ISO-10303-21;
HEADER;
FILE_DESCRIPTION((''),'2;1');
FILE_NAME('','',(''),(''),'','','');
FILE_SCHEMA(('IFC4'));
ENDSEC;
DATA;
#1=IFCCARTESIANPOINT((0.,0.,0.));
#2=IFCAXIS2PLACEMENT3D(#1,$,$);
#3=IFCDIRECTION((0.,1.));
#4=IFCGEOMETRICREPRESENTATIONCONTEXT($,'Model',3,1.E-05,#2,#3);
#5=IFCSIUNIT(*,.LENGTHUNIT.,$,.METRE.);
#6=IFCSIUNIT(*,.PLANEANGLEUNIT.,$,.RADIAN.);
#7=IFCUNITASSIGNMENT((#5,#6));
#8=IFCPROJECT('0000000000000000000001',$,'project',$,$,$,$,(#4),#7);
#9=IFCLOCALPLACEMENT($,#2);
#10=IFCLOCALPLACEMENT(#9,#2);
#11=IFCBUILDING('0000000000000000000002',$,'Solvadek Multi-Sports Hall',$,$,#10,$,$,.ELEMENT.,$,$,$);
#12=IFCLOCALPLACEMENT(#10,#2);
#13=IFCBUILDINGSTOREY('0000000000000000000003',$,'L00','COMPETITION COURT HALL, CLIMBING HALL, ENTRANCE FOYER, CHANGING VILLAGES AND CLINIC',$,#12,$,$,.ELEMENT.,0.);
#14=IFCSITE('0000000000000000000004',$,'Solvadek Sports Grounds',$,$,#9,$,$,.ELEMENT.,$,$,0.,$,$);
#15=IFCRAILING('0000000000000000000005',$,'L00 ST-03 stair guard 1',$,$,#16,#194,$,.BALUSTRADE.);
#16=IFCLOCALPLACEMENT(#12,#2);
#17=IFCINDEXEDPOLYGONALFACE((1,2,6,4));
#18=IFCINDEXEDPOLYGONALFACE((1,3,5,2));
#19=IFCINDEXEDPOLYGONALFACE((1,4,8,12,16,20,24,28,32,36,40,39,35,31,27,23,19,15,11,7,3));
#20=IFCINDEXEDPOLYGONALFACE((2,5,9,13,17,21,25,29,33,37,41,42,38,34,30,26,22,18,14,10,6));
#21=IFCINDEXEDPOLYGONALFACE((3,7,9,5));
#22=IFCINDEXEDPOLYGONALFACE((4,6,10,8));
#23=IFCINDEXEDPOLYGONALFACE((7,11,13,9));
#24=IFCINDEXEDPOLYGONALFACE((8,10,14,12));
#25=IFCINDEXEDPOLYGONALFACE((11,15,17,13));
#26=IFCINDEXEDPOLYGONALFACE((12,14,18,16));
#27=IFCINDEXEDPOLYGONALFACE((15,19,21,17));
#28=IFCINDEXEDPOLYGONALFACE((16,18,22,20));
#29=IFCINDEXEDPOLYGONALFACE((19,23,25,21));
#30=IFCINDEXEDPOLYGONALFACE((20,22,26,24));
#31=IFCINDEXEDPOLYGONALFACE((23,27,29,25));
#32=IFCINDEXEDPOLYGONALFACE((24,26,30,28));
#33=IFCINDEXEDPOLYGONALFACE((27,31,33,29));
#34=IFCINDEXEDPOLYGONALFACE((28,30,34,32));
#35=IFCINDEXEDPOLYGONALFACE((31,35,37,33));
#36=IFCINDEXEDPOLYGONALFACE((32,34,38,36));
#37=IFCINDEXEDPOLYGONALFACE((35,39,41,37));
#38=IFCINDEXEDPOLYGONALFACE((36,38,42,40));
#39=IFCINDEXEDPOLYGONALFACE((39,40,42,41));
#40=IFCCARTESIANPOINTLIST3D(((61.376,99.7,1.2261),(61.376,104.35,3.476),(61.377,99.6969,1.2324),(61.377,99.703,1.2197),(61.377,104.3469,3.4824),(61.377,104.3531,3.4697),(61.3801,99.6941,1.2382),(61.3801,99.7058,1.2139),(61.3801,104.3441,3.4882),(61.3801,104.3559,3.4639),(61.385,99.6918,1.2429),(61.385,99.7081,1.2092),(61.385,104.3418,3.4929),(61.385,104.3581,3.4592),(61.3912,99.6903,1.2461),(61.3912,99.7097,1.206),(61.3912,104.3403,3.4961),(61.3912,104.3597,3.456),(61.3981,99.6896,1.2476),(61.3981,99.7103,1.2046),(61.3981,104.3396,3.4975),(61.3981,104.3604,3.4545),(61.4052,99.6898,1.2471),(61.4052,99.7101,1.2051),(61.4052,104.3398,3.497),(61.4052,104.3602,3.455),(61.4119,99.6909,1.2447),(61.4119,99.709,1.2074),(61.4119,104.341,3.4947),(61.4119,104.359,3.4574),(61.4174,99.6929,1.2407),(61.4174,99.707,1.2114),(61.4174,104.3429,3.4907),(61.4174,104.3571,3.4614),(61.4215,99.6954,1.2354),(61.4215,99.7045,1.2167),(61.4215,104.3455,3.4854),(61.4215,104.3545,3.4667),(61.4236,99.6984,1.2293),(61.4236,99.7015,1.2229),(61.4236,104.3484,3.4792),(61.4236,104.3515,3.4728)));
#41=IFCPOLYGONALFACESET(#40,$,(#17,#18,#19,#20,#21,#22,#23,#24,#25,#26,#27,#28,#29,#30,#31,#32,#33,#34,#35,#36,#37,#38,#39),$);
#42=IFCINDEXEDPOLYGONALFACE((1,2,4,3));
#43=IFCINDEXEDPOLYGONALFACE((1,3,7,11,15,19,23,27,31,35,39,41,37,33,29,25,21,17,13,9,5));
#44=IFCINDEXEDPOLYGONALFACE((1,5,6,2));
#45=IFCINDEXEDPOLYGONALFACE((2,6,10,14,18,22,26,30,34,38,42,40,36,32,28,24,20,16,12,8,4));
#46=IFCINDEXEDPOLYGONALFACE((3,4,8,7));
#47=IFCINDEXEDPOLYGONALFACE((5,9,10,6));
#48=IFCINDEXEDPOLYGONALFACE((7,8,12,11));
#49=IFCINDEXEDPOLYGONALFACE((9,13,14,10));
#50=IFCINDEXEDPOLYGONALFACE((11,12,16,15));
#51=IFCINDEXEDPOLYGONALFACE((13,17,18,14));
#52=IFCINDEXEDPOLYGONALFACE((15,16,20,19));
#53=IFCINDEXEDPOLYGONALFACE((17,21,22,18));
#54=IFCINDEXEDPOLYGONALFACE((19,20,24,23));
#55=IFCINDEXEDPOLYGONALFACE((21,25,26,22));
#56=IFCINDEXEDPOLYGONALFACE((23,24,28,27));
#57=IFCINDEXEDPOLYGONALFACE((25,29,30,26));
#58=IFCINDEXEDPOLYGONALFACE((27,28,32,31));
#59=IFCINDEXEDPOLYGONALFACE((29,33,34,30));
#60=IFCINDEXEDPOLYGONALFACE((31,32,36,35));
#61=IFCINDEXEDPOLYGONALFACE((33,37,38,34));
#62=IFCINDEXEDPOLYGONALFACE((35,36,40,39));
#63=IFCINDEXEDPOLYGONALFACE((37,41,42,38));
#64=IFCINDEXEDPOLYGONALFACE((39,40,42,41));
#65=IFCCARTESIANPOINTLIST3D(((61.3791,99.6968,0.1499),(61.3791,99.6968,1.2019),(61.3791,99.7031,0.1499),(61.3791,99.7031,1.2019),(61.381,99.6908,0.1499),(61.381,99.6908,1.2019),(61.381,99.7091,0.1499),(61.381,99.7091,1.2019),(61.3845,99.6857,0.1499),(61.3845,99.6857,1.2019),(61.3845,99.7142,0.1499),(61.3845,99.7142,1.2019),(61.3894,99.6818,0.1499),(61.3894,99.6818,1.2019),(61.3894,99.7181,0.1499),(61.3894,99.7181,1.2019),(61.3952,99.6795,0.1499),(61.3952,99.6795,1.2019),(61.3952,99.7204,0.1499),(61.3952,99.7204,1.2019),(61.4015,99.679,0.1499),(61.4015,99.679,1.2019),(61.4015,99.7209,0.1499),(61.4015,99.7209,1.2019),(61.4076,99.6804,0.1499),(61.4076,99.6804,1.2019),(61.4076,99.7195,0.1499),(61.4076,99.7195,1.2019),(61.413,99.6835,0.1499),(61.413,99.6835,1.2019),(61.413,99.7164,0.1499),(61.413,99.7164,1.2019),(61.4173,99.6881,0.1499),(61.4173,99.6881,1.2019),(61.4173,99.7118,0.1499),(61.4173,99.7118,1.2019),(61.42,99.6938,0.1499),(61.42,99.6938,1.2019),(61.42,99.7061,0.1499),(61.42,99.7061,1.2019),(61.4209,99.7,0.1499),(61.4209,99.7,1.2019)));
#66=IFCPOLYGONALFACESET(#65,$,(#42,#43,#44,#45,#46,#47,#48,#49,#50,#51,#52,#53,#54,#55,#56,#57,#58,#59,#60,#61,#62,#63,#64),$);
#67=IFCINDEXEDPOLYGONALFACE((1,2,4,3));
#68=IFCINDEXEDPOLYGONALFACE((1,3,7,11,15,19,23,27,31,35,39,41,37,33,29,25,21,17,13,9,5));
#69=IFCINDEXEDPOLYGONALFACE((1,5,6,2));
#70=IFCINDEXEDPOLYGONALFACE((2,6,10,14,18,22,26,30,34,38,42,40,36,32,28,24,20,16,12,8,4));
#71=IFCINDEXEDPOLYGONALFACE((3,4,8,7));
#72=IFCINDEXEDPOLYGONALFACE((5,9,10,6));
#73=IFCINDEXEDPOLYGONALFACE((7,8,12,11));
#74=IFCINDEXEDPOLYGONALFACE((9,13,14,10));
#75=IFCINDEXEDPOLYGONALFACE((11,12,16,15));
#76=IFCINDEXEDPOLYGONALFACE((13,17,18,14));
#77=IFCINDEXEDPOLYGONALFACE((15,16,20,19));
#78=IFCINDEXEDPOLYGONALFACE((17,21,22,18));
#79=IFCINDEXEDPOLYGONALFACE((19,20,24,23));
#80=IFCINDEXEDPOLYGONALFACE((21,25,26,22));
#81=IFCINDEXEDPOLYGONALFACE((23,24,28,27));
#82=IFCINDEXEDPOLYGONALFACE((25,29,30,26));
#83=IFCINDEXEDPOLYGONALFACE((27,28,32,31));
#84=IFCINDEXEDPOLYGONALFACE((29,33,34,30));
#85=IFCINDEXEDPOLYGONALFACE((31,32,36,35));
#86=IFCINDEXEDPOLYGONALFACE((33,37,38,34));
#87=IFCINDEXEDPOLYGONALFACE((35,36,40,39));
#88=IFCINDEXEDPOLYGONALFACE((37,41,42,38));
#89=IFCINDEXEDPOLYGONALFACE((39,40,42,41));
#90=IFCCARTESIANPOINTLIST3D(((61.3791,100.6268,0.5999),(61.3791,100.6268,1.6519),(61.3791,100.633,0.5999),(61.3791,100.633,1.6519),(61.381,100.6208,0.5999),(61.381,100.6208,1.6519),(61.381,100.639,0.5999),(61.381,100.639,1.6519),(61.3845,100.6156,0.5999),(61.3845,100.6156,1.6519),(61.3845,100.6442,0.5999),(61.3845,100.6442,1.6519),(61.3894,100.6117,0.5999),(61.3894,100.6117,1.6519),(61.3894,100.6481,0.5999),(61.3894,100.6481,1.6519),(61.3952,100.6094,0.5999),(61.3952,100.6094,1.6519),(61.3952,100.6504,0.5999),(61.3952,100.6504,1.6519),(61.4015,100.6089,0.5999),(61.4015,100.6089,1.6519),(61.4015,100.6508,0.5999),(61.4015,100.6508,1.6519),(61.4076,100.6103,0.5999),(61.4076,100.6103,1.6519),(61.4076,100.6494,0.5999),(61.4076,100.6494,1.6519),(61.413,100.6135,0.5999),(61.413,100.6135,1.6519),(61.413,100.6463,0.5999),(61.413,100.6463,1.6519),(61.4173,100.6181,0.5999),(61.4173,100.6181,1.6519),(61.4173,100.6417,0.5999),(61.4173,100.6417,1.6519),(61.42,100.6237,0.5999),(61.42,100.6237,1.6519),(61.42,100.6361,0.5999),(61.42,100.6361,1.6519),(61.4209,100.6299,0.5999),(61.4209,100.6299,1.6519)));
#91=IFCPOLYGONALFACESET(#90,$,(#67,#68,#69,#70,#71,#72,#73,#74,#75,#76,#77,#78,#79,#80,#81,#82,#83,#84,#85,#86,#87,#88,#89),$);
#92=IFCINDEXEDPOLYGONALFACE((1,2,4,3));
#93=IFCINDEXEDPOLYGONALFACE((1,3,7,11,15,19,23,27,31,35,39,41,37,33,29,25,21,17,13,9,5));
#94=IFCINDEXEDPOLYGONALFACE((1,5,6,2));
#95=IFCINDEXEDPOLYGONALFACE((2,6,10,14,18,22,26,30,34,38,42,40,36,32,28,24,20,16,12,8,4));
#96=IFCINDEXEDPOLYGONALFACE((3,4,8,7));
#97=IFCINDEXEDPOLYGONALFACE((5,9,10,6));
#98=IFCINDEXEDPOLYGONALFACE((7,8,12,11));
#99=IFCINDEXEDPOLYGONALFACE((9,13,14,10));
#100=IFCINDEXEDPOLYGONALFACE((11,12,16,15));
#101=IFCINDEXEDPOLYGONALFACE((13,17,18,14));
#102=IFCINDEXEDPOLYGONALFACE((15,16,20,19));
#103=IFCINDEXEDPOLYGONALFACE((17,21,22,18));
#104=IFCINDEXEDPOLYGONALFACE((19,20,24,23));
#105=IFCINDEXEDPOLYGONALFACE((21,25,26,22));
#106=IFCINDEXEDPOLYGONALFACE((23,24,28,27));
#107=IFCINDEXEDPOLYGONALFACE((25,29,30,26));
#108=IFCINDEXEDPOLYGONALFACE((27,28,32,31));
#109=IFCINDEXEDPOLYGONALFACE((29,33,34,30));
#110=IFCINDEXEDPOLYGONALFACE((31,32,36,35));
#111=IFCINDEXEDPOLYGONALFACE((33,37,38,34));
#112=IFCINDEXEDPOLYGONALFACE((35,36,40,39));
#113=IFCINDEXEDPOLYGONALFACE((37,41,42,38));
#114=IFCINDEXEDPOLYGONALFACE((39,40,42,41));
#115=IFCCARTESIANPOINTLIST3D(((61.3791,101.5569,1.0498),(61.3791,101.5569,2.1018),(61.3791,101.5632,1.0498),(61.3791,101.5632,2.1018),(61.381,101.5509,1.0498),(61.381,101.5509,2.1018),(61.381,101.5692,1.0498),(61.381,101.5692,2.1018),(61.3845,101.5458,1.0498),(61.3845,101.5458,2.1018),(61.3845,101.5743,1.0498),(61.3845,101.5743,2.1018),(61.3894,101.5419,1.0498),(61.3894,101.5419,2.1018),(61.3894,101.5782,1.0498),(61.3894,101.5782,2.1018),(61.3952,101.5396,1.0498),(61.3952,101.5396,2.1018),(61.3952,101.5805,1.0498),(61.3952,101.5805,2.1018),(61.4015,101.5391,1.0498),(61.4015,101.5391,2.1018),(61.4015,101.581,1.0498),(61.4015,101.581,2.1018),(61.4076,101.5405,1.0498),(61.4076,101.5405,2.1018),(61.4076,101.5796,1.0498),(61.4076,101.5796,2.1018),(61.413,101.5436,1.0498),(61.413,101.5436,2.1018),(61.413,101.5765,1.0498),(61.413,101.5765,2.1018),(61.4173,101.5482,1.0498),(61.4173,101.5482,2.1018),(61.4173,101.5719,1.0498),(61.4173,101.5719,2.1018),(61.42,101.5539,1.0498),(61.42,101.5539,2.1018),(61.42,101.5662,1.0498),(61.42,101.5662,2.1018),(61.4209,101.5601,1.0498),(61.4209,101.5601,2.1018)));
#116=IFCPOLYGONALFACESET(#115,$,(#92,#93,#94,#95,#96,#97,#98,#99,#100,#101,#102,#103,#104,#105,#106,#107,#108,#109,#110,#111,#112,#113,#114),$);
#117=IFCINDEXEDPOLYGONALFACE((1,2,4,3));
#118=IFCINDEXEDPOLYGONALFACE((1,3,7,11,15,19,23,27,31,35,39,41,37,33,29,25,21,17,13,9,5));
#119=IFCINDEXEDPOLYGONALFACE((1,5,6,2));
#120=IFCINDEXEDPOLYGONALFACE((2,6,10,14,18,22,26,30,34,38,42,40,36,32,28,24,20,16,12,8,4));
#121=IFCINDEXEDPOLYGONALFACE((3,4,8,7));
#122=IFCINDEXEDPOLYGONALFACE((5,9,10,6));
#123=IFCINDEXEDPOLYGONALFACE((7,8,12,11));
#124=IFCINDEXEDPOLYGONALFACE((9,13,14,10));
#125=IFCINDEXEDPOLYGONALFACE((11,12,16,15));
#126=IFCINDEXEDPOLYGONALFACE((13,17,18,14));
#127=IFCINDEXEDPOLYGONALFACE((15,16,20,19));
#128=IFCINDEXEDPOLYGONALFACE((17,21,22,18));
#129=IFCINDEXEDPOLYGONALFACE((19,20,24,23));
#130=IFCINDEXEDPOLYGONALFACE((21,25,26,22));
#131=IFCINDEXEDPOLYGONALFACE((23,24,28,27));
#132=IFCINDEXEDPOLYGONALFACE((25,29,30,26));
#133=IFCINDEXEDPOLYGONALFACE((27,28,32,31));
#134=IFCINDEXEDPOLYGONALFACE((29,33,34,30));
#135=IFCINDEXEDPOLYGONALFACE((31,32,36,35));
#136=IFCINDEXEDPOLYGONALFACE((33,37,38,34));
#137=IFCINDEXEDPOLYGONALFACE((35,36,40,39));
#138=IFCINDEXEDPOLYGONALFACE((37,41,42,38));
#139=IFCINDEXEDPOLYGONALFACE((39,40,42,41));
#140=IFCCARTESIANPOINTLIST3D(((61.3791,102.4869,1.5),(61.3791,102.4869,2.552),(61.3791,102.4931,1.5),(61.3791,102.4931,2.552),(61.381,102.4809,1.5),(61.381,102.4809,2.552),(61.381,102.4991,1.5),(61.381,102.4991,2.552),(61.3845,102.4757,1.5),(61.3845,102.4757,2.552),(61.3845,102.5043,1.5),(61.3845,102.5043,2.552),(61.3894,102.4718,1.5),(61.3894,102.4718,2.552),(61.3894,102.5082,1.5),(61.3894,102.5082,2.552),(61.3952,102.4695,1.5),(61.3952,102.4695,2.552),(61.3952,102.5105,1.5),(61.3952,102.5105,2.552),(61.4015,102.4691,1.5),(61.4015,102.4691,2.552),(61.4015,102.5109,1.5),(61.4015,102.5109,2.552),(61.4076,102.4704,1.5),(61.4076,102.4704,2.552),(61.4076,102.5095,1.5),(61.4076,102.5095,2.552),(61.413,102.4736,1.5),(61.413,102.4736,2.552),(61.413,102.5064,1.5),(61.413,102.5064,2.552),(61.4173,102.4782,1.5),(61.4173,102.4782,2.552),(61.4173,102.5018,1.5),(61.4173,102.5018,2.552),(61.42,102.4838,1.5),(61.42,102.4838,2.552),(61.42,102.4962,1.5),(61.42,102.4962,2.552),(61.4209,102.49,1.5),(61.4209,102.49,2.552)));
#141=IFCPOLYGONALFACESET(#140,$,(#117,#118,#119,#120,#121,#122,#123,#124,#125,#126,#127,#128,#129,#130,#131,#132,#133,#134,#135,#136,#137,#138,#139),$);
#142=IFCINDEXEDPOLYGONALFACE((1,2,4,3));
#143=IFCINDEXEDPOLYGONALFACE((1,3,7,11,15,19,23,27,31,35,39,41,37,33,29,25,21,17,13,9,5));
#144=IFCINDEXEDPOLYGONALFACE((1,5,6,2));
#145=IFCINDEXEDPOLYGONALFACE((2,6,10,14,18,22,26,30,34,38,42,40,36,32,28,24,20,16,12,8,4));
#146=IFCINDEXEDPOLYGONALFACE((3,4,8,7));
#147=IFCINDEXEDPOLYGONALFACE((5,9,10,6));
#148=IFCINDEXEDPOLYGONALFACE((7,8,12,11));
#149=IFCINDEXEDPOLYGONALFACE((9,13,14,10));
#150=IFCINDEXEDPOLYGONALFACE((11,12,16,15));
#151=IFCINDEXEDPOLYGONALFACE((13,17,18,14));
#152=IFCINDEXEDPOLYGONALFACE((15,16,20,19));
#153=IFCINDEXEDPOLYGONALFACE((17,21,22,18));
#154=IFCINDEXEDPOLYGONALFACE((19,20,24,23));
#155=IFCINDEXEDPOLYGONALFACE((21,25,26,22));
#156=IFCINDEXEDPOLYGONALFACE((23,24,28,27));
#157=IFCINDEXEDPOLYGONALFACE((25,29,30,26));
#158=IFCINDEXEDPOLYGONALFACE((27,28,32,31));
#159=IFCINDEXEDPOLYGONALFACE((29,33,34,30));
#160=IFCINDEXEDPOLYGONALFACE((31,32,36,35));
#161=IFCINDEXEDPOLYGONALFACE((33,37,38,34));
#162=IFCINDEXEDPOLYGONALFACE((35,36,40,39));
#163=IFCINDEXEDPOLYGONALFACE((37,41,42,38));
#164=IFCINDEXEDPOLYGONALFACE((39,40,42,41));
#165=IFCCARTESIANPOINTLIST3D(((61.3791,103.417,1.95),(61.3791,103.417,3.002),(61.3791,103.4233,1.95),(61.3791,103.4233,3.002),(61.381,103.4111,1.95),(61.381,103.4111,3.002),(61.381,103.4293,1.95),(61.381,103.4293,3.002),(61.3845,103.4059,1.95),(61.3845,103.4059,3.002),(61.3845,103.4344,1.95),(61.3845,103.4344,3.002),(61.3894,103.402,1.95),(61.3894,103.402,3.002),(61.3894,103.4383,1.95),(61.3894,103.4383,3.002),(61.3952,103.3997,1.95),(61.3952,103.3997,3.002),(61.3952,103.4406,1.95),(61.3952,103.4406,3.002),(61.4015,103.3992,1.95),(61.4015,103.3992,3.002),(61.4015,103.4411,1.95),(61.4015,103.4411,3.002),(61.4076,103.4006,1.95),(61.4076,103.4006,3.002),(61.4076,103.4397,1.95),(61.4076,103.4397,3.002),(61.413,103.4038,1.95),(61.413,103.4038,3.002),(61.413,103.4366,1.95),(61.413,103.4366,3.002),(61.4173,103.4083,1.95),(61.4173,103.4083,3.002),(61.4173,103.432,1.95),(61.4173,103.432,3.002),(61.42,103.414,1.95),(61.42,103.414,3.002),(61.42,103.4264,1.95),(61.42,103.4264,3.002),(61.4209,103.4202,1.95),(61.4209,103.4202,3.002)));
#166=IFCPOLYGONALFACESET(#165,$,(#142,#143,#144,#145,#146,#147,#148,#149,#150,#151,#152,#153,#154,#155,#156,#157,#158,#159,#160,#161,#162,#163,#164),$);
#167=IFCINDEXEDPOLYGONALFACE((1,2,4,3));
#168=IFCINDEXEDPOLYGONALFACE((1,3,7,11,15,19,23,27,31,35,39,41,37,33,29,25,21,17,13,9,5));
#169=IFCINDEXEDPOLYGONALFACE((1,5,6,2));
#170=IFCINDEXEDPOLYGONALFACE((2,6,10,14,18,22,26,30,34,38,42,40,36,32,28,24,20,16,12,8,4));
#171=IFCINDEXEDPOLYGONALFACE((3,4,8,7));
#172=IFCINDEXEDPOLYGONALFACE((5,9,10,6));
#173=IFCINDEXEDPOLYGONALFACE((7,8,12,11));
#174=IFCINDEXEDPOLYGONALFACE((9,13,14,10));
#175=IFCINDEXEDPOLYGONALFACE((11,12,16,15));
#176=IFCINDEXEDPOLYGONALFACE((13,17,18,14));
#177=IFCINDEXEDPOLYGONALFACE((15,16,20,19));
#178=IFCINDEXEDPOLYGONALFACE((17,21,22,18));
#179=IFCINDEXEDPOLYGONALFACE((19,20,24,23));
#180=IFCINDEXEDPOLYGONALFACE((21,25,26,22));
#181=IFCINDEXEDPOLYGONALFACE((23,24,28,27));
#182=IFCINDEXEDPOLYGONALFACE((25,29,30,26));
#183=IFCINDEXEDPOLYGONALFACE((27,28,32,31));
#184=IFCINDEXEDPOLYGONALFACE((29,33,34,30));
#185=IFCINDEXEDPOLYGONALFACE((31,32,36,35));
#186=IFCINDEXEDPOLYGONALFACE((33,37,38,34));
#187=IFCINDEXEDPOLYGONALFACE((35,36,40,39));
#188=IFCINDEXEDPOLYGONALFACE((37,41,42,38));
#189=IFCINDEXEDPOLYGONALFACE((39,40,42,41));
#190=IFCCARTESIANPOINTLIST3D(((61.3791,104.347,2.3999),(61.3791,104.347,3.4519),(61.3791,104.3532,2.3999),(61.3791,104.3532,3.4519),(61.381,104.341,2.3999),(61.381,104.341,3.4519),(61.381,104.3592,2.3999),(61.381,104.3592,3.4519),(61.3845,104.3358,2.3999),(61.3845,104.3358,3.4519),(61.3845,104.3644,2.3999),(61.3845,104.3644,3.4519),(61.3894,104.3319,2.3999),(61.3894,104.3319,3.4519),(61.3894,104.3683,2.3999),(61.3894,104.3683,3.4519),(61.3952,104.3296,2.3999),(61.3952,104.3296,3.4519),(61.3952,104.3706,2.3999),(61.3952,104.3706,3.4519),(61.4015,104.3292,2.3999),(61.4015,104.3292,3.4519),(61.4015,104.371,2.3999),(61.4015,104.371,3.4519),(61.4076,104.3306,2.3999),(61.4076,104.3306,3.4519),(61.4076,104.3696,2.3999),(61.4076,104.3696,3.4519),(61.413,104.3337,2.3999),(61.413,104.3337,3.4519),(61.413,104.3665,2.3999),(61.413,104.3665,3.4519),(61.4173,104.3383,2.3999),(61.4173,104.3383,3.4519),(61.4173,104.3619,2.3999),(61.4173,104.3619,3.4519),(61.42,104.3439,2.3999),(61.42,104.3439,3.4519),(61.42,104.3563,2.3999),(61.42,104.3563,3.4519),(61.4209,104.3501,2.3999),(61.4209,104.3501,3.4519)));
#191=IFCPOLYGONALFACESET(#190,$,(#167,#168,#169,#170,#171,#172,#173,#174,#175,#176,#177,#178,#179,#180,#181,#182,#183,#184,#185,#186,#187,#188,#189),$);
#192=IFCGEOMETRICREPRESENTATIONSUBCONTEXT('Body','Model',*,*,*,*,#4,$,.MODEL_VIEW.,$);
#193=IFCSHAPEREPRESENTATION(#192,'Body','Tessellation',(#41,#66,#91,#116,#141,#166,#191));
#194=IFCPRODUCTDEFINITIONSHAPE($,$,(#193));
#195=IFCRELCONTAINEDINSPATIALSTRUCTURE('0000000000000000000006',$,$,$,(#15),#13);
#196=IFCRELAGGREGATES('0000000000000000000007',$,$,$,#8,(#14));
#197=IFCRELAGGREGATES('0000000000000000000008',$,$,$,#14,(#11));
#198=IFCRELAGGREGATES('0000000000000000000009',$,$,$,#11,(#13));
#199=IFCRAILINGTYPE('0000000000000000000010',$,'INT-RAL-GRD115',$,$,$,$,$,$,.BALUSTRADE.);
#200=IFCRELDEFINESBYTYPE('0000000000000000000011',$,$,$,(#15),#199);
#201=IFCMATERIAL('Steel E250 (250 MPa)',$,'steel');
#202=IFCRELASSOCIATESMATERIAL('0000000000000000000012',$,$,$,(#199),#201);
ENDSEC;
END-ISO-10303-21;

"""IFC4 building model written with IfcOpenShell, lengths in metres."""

from ifc_helpers import new_model, si_unit, direction, frame, origin, origin_2d, place, context, subcontext, project, spatial, circle, extrude, material, type_object, element, save


model = new_model("IFC4")

# Units and contexts
model_context = context("Model", 3, precision=1e-05, world=origin(), true_north=direction((0.0, 1.0)))
body_context = subcontext(model_context, "Body", "Model", "MODEL_VIEW")
ifc_project = project(units=[si_unit("LENGTHUNIT", "METRE"), si_unit("PLANEANGLEUNIT", "RADIAN")], contexts=[model_context])

# Site, building, storey
site_placement = place(None, origin())
site = spatial("IfcSite", under=ifc_project, at=site_placement, Name="Solvadek Sports Grounds", CompositionType="ELEMENT", RefElevation=0.0)
building_placement = place(site_placement, origin())
building = spatial("IfcBuilding", under=site, at=building_placement, Name="Solvadek Multi-Sports Hall", CompositionType="ELEMENT")
storey_placement = place(building_placement, origin())
storey = spatial("IfcBuildingStorey", under=building, at=storey_placement, Name="L00", Description="COMPETITION COURT HALL, CLIMBING HALL, ENTRANCE FOYER, CHANGING VILLAGES AND CLINIC", CompositionType="ELEMENT", Elevation=0.0)

# Shared definitions
ifc_material_1 = material(Name="Steel E250 (250 MPa)", Category="steel")

# Railing
railing_type_1 = type_object("IfcRailingType", Name="INT-RAL-GRD115", PredefinedType="BALUSTRADE", material=ifc_material_1)
railing_1_placement = place(storey_placement, frame((61.3999, 99.7, 0.1499)))
element("IfcRailing", 1, at=railing_1_placement, inside=storey, type_object=railing_type_1, Name="L00 ST-03 stair guard 1", PredefinedType="BALUSTRADE", context=body_context, shape_type="SweptSolid", body=[
    extrude(circle(Radius=0.0239, at=origin_2d()), frame((0.0, 0.0, 1.0762), z_axis=(0.0, 0.900165, 0.43555), x_axis=(-1.0, 0.0, 0.0)), (0.0, 0.0, 1.0), 5.1658),
    extrude(circle(Radius=0.021, at=origin_2d()), origin(), (0.0, 0.0, 1.0), 1.052),
    extrude(circle(Radius=0.021, at=origin_2d()), frame((0.0, 0.9299, 0.45)), (0.0, 0.0, 1.0), 1.052),
    extrude(circle(Radius=0.021, at=origin_2d()), frame((0.0, 1.8601, 0.8999)), (0.0, 0.0, 1.0), 1.052),
    extrude(circle(Radius=0.021, at=origin_2d()), frame((0.0, 2.79, 1.3501)), (0.0, 0.0, 1.0), 1.052),
    extrude(circle(Radius=0.021, at=origin_2d()), frame((0.0, 3.7202, 1.8)), (0.0, 0.0, 1.0), 1.052),
    extrude(circle(Radius=0.021, at=origin_2d()), frame((0.0, 4.6501, 2.25)), (0.0, 0.0, 1.0), 1.052),
])

save(model, "model.ifc")
